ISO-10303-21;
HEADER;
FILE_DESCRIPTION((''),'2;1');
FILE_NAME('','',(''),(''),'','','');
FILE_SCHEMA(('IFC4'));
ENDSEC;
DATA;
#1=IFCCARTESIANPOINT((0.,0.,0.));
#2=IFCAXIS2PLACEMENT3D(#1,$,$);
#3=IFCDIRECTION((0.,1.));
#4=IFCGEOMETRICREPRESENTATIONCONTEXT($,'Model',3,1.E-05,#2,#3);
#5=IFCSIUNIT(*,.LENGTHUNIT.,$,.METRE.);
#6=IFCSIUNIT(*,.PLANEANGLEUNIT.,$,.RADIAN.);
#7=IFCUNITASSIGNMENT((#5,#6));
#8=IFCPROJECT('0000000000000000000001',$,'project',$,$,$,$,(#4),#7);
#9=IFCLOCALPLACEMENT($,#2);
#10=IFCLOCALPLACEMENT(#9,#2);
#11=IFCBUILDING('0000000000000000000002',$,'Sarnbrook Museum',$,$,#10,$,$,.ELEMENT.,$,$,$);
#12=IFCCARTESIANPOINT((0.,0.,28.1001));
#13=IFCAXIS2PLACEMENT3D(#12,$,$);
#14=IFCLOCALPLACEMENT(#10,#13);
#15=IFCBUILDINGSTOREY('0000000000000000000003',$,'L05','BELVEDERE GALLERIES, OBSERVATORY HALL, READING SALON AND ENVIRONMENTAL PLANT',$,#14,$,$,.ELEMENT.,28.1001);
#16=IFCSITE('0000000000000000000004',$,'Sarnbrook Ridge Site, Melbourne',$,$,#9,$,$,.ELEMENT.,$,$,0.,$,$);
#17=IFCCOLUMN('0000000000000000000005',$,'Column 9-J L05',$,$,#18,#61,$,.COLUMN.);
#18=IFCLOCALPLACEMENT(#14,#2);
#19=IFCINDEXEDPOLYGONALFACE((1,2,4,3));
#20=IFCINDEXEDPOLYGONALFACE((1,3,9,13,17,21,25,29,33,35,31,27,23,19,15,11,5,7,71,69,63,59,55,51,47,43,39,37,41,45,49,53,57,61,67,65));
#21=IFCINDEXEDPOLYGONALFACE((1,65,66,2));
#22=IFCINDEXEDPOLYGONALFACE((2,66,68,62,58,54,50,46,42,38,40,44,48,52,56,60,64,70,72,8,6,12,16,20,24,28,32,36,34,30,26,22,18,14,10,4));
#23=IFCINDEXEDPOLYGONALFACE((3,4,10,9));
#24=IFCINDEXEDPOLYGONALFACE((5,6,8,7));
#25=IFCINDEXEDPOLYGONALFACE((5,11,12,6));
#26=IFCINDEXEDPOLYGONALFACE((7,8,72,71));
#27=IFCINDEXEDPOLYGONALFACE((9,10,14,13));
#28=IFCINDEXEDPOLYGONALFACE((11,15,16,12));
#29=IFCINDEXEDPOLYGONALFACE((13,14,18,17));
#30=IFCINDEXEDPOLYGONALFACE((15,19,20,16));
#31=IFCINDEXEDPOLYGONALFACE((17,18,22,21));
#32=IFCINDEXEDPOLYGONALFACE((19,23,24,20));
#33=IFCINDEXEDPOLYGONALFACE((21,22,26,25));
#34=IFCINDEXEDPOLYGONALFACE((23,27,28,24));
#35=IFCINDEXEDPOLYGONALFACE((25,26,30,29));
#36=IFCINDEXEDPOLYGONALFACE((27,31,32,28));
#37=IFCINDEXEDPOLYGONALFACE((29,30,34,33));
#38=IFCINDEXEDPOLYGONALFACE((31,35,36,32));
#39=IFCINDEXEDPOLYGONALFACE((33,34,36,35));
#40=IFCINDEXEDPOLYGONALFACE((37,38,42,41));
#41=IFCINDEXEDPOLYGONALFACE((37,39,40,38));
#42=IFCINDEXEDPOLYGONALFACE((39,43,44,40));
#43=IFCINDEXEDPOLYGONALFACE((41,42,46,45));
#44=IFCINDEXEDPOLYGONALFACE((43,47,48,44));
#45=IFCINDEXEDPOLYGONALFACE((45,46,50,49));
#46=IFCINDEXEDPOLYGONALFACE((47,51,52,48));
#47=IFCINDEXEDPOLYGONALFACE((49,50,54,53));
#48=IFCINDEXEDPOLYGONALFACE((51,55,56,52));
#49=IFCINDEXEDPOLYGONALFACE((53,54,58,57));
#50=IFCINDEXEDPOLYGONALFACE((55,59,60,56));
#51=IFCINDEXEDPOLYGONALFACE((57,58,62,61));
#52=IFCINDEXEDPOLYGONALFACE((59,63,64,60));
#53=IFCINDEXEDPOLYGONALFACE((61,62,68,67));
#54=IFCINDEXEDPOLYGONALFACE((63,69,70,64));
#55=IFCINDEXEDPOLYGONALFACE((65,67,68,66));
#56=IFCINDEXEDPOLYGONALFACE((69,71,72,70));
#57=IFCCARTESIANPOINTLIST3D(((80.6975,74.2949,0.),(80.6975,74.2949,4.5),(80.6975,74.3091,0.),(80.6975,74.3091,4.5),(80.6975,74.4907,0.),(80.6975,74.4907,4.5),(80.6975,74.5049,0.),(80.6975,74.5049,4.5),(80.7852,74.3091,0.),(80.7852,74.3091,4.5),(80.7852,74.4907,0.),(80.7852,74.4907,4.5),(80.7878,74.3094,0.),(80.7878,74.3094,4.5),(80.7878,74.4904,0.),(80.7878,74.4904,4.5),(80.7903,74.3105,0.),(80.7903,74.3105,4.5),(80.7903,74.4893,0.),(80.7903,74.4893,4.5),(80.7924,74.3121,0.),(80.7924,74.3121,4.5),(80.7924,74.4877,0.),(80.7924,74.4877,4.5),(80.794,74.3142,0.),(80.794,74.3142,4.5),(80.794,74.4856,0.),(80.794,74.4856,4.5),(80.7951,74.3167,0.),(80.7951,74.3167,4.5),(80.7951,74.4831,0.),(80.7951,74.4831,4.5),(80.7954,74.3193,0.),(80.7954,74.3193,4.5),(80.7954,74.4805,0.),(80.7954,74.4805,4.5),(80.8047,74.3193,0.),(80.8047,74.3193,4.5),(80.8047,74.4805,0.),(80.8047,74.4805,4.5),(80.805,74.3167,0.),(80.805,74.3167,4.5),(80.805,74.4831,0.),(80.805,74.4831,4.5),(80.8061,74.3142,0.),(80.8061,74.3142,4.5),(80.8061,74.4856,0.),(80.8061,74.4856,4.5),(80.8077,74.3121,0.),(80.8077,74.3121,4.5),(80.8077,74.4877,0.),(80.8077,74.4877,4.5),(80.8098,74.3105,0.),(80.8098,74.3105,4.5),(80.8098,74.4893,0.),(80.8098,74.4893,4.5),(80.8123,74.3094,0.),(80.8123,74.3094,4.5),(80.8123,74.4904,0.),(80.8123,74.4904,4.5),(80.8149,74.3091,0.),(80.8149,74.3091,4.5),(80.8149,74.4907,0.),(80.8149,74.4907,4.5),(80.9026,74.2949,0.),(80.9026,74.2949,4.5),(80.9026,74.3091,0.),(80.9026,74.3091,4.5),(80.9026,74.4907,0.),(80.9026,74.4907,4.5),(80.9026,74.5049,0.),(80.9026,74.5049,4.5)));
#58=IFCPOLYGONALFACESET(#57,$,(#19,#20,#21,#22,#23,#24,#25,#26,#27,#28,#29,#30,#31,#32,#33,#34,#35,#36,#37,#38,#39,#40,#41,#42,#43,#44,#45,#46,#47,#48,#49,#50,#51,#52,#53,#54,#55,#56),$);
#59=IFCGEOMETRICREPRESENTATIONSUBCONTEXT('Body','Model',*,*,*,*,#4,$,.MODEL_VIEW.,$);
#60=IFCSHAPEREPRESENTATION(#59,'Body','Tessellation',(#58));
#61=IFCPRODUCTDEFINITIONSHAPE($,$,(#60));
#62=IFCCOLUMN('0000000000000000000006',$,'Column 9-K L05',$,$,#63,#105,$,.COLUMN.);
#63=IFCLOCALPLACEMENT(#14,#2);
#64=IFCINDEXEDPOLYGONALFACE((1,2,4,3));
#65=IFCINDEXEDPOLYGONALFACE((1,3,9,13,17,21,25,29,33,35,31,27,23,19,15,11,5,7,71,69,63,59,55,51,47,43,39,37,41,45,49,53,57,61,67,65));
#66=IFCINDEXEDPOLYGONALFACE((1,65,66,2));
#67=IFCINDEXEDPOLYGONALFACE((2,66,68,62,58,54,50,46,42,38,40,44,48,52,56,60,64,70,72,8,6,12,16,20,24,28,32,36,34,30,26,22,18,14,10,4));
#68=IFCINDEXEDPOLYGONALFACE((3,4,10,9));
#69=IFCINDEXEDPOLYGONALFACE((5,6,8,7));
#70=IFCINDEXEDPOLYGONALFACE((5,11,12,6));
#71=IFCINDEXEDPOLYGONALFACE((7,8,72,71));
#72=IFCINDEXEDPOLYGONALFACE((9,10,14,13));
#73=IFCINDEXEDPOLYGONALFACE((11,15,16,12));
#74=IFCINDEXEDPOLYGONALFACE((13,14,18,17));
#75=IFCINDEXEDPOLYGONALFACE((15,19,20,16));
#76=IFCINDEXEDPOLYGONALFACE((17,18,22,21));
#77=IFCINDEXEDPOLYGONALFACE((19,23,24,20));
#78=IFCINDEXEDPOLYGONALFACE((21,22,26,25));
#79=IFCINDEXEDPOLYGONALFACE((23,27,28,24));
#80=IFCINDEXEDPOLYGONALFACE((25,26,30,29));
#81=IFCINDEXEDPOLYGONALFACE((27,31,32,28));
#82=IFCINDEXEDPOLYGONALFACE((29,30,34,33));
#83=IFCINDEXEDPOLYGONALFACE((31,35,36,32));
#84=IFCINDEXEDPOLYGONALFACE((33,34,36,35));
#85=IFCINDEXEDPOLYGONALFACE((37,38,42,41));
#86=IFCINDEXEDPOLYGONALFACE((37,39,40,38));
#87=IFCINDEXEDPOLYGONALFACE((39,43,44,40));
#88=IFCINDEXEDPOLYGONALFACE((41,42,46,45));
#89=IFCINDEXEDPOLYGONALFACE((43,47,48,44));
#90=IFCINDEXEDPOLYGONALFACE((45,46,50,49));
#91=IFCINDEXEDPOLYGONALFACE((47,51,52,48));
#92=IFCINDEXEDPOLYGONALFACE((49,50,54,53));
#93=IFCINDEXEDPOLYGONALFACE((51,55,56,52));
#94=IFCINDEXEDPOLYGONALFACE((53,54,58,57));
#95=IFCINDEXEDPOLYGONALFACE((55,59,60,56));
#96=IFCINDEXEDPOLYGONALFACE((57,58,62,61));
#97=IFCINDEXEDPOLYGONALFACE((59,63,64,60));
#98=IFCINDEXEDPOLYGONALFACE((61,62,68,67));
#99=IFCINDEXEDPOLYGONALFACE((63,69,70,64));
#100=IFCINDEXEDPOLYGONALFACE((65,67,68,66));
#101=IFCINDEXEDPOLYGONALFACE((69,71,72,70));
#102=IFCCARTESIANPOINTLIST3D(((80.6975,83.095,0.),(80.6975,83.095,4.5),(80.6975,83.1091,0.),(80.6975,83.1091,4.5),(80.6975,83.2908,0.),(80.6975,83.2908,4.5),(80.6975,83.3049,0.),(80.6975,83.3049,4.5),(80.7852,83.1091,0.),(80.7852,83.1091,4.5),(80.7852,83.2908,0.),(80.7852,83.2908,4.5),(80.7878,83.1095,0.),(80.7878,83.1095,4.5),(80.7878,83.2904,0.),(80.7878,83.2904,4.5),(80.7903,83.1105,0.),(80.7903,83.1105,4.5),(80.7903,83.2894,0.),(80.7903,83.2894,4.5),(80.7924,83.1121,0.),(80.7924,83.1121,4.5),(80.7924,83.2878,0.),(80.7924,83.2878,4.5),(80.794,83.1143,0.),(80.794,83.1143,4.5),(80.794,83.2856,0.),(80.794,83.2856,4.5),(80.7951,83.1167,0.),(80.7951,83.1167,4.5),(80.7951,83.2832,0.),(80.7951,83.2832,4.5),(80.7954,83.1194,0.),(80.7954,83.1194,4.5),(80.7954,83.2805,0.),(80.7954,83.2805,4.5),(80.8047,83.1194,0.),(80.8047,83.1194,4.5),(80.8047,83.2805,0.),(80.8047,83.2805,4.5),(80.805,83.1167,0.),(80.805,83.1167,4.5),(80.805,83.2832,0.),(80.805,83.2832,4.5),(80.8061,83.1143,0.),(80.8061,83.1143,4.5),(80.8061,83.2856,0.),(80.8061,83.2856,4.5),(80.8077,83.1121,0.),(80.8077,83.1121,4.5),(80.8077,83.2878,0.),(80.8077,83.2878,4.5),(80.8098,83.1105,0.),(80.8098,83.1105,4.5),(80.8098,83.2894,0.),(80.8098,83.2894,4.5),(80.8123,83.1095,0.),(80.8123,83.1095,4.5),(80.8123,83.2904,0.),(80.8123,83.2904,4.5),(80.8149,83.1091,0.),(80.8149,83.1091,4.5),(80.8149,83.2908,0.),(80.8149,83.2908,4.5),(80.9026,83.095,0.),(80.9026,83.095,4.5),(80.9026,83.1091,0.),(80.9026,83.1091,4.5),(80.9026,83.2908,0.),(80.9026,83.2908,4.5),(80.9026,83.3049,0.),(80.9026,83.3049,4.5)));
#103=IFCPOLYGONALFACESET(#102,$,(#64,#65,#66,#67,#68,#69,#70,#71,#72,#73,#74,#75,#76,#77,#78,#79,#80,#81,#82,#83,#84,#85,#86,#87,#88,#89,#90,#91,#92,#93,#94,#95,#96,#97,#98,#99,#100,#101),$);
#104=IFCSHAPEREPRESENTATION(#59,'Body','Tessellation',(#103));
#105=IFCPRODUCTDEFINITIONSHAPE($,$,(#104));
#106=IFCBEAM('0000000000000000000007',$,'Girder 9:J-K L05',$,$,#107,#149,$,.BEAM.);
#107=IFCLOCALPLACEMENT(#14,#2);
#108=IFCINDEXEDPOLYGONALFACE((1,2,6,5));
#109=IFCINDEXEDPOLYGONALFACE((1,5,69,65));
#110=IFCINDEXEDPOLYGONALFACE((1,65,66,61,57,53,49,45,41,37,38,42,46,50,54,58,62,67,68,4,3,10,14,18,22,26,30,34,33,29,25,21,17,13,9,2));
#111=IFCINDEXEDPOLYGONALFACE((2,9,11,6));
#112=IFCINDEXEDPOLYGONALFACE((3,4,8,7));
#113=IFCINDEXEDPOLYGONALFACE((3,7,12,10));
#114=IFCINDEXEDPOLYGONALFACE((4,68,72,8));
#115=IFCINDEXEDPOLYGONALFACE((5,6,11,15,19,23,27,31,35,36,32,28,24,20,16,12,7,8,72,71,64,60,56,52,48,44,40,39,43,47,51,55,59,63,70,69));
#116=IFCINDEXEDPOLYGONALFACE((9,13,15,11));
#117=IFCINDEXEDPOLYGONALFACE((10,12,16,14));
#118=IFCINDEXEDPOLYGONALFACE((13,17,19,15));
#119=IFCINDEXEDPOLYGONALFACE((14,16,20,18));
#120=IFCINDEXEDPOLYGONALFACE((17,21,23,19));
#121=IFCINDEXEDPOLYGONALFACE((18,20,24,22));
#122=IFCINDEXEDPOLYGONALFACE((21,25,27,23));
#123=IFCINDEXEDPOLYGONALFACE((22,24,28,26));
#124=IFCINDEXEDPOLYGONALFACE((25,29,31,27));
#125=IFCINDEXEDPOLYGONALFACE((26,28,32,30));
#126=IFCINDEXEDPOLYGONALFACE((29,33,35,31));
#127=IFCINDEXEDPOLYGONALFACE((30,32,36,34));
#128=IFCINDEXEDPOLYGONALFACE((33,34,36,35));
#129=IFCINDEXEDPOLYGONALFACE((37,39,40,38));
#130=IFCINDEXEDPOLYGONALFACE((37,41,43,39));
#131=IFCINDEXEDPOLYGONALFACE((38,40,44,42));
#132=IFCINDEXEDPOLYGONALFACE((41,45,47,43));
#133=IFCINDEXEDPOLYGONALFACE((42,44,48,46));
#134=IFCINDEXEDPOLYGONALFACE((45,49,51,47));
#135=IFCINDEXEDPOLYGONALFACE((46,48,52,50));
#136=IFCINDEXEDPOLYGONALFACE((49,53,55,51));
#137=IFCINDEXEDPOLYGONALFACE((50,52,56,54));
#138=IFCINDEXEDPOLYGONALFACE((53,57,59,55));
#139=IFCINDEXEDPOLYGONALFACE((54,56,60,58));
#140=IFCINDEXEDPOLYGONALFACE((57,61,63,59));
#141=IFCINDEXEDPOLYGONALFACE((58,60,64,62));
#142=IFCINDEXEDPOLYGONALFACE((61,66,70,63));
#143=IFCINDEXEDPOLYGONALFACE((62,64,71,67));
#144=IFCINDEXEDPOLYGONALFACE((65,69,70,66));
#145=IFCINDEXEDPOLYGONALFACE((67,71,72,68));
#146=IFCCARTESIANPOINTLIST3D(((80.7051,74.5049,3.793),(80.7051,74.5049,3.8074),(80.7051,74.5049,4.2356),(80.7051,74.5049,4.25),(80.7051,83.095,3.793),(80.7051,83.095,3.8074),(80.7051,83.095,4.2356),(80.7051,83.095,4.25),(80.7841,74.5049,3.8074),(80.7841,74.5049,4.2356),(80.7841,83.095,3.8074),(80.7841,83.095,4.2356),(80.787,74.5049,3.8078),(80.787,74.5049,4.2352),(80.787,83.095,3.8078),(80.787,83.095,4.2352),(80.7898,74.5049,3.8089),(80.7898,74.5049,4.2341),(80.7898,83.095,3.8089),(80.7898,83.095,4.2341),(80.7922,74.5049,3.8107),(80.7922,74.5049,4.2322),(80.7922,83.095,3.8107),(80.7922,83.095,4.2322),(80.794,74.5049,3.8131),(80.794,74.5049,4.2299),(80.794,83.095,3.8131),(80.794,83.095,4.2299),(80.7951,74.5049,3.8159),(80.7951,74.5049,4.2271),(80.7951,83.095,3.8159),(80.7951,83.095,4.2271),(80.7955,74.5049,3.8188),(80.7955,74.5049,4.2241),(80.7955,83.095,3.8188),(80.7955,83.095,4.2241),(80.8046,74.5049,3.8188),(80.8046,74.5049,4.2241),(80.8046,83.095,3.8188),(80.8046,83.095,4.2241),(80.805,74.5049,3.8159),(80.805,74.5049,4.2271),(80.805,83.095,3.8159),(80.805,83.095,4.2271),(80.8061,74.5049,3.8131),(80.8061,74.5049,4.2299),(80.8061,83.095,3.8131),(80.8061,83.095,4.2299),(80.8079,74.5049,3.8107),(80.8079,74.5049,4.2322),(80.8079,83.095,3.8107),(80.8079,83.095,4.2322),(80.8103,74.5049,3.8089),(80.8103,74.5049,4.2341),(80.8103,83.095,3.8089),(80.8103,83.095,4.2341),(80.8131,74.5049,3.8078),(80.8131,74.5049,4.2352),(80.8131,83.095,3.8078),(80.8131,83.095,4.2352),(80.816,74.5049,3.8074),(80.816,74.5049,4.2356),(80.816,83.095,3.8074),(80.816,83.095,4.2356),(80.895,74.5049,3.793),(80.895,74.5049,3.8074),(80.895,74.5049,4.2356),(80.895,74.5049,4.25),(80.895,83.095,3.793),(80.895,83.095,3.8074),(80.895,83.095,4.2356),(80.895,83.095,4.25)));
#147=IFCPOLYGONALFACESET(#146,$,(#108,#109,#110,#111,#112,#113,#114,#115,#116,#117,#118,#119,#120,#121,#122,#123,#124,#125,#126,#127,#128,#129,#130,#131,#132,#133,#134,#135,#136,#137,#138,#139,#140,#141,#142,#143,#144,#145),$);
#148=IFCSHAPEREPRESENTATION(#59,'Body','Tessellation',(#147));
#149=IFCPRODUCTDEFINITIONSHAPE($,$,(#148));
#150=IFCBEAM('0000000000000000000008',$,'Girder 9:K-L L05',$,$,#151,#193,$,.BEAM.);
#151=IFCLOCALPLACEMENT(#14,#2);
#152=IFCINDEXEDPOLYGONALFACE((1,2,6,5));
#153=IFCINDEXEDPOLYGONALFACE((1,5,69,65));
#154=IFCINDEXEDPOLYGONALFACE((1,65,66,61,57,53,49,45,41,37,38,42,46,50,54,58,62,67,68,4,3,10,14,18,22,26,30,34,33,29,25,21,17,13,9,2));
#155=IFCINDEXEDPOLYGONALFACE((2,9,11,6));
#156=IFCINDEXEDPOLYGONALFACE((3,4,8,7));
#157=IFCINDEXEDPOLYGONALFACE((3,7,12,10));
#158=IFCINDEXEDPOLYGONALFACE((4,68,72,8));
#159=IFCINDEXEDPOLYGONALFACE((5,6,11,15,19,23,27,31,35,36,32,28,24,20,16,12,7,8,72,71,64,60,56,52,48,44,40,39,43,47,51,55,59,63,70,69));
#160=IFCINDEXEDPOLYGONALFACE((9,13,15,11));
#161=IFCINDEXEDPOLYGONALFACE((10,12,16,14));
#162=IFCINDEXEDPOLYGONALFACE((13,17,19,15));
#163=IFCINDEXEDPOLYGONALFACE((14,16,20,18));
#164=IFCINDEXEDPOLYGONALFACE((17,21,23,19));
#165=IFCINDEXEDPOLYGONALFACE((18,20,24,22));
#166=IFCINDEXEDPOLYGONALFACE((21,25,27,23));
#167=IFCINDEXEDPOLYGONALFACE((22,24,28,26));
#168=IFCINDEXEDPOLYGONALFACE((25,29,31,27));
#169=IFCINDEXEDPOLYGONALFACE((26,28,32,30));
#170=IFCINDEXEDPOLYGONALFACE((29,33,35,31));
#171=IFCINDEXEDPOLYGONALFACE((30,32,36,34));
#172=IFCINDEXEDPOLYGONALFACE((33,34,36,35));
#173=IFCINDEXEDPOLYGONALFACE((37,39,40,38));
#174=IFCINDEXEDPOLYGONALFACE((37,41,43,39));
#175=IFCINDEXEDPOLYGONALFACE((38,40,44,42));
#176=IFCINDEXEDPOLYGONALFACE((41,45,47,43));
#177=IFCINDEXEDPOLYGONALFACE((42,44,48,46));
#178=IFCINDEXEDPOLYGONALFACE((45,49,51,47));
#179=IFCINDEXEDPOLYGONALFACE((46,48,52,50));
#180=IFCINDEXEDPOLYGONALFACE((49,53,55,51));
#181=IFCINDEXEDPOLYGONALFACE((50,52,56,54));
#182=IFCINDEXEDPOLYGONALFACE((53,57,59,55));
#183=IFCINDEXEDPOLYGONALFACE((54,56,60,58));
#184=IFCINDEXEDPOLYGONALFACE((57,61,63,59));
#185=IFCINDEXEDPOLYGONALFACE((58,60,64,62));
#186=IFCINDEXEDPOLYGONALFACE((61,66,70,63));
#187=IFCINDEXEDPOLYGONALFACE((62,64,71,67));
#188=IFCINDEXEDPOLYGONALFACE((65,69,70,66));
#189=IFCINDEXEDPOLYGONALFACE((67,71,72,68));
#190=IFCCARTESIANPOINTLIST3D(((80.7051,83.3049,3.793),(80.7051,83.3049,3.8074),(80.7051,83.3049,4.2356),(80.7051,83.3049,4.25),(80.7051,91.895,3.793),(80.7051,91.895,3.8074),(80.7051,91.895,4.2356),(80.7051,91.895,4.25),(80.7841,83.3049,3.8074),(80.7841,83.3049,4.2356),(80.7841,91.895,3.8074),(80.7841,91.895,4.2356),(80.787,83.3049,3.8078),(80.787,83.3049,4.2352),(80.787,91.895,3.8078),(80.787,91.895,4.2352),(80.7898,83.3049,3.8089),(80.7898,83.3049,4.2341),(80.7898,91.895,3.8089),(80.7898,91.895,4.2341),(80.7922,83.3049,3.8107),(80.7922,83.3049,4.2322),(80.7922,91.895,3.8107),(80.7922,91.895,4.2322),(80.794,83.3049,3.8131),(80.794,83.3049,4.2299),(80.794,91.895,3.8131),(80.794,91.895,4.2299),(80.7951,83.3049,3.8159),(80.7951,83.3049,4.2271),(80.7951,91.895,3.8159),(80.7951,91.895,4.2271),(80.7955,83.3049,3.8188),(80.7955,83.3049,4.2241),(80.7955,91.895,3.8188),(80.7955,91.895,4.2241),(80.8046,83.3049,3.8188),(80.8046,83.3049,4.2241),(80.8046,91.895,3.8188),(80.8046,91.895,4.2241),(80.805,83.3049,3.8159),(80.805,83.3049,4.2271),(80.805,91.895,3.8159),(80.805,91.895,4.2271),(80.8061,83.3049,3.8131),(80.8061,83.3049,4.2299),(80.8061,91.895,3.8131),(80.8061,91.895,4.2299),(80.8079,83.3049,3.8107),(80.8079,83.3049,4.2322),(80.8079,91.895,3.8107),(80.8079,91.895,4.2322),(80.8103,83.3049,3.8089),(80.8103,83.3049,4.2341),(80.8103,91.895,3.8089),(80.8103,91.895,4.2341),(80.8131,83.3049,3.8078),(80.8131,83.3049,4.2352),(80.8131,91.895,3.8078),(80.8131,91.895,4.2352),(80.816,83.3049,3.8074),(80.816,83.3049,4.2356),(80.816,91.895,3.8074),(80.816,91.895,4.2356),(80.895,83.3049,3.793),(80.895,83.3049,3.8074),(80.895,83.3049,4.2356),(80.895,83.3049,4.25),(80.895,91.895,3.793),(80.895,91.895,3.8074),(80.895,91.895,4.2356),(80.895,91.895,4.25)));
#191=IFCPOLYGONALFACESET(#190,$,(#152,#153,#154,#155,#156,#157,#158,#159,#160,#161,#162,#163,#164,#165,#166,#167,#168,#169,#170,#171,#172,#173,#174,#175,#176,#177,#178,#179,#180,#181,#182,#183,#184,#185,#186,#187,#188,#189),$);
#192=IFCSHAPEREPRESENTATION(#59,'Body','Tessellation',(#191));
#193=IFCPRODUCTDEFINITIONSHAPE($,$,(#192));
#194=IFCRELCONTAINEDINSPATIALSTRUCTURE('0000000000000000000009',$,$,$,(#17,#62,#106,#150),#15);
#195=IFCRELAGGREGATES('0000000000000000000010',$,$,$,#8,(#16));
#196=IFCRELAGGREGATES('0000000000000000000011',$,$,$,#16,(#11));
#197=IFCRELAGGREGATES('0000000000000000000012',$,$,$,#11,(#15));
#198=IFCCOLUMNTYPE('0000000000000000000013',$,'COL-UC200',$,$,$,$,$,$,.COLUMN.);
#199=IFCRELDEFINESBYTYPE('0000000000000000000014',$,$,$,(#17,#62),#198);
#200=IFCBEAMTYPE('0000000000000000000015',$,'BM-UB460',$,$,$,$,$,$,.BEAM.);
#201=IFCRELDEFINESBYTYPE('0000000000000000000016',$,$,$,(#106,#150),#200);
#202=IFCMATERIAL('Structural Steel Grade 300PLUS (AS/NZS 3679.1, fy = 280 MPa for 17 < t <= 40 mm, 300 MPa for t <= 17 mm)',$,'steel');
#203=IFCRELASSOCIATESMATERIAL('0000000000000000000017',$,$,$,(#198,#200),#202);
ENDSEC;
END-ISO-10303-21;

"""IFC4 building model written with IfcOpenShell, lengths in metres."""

from ifc_helpers import new_model, si_unit, direction, frame, origin, origin_2d, place, context, subcontext, project, spatial, i_section, extrude, material, material_profile, profile_set, type_object, element, save


model = new_model("IFC4")

# Units and contexts
model_context = context("Model", 3, precision=1e-05, world=origin(), true_north=direction((0.0, 1.0)))
body_context = subcontext(model_context, "Body", "Model", "MODEL_VIEW")
ifc_project = project(units=[si_unit("LENGTHUNIT", "METRE"), si_unit("PLANEANGLEUNIT", "RADIAN")], contexts=[model_context])

# Site, building, storey
site_placement = place(None, origin())
site = spatial("IfcSite", under=ifc_project, at=site_placement, Name="Sarnbrook Ridge Site, Melbourne", CompositionType="ELEMENT", RefElevation=0.0)
building_placement = place(site_placement, origin())
building = spatial("IfcBuilding", under=site, at=building_placement, Name="Sarnbrook Museum", CompositionType="ELEMENT")
storey_placement = place(building_placement, frame((0.0, 0.0, 28.1001)))
storey = spatial("IfcBuildingStorey", under=building, at=storey_placement, Name="L05", Description="BELVEDERE GALLERIES, OBSERVATORY HALL, READING SALON AND ENVIRONMENTAL PLANT", CompositionType="ELEMENT", Elevation=28.1001)

# Columns
ifc_material_1 = material(Name="Structural Steel Grade 300PLUS (AS/NZS 3679.1, fy = 280 MPa for 17 < t <= 40 mm, 300 MPa for t <= 17 mm)", Category="steel")
ifc_material_profile_1 = material_profile(ifc_material_1, i_section(OverallWidth=0.2051, OverallDepth=0.21, WebThickness=0.0093, FlangeThickness=0.0142, FilletRadius=0.0103, at=origin_2d()), Name="200UC59.5")
ifc_profile_set_1 = profile_set([ifc_material_profile_1], Name="Structural Steel Grade 300PLUS (AS/NZS 3679.1, fy = 280 MPa for 17 < t <= 40 mm, 300 MPa for t <= 17 mm)")
column_type = type_object("IfcColumnType", Name="COL-UC200", PredefinedType="COLUMN", material=ifc_profile_set_1)
for number, where, z_axis, x_axis, name in (
    (1, (80.8, 74.3999, 0.0), (0.0, 0.0, 1.0), (1.0, 0.0, 0.0), "Column 9-J L05"),
    (2, (80.8, 83.2, 0.0), (0.0, 0.0, 1.0), (1.0, 0.0, 0.0), "Column 9-K L05"),
):
    element("IfcColumn", number, at=place(storey_placement, frame(where, z_axis=z_axis, x_axis=x_axis)), inside=storey, type_object=column_type, Name=name, PredefinedType="COLUMN", context=body_context, shape_type="SweptSolid", body=[
        extrude(i_section(OverallWidth=0.2051, OverallDepth=0.21, WebThickness=0.0093, FlangeThickness=0.0142, FilletRadius=0.0103, at=origin_2d()), origin(), (0.0, 0.0, 1.0), 4.5),
    ])

# Beams
ifc_material_profile_2 = material_profile(ifc_material_1, i_section(OverallWidth=0.1899, OverallDepth=0.457, WebThickness=0.009, FlangeThickness=0.0144, FilletRadius=0.0115, at=origin_2d()), Name="460UB74.6")
ifc_profile_set_2 = profile_set([ifc_material_profile_2], Name="Structural Steel Grade 300PLUS (AS/NZS 3679.1, fy = 280 MPa for 17 < t <= 40 mm, 300 MPa for t <= 17 mm)")
beam_type_1 = type_object("IfcBeamType", Name="BM-UB460", PredefinedType="BEAM", material=ifc_profile_set_2)
for number, where, z_axis, x_axis, name in (
    (3, (80.8, 74.5049, 4.0215), (0.0, 1.0, 0.0), (-1.0, 0.0, 0.0), "Girder 9:J-K L05"),
    (4, (80.8, 83.3049, 4.0215), (0.0, 1.0, 0.0), (-1.0, 0.0, 0.0), "Girder 9:K-L L05"),
):
    element("IfcBeam", number, at=place(storey_placement, frame(where, z_axis=z_axis, x_axis=x_axis)), inside=storey, type_object=beam_type_1, Name=name, PredefinedType="BEAM", context=body_context, shape_type="SweptSolid", body=[
        extrude(i_section(OverallWidth=0.1899, OverallDepth=0.457, WebThickness=0.009, FlangeThickness=0.0144, FilletRadius=0.0115, at=origin_2d()), origin(), (0.0, 0.0, 1.0), 8.5901),
    ])

save(model, "model.ifc")
